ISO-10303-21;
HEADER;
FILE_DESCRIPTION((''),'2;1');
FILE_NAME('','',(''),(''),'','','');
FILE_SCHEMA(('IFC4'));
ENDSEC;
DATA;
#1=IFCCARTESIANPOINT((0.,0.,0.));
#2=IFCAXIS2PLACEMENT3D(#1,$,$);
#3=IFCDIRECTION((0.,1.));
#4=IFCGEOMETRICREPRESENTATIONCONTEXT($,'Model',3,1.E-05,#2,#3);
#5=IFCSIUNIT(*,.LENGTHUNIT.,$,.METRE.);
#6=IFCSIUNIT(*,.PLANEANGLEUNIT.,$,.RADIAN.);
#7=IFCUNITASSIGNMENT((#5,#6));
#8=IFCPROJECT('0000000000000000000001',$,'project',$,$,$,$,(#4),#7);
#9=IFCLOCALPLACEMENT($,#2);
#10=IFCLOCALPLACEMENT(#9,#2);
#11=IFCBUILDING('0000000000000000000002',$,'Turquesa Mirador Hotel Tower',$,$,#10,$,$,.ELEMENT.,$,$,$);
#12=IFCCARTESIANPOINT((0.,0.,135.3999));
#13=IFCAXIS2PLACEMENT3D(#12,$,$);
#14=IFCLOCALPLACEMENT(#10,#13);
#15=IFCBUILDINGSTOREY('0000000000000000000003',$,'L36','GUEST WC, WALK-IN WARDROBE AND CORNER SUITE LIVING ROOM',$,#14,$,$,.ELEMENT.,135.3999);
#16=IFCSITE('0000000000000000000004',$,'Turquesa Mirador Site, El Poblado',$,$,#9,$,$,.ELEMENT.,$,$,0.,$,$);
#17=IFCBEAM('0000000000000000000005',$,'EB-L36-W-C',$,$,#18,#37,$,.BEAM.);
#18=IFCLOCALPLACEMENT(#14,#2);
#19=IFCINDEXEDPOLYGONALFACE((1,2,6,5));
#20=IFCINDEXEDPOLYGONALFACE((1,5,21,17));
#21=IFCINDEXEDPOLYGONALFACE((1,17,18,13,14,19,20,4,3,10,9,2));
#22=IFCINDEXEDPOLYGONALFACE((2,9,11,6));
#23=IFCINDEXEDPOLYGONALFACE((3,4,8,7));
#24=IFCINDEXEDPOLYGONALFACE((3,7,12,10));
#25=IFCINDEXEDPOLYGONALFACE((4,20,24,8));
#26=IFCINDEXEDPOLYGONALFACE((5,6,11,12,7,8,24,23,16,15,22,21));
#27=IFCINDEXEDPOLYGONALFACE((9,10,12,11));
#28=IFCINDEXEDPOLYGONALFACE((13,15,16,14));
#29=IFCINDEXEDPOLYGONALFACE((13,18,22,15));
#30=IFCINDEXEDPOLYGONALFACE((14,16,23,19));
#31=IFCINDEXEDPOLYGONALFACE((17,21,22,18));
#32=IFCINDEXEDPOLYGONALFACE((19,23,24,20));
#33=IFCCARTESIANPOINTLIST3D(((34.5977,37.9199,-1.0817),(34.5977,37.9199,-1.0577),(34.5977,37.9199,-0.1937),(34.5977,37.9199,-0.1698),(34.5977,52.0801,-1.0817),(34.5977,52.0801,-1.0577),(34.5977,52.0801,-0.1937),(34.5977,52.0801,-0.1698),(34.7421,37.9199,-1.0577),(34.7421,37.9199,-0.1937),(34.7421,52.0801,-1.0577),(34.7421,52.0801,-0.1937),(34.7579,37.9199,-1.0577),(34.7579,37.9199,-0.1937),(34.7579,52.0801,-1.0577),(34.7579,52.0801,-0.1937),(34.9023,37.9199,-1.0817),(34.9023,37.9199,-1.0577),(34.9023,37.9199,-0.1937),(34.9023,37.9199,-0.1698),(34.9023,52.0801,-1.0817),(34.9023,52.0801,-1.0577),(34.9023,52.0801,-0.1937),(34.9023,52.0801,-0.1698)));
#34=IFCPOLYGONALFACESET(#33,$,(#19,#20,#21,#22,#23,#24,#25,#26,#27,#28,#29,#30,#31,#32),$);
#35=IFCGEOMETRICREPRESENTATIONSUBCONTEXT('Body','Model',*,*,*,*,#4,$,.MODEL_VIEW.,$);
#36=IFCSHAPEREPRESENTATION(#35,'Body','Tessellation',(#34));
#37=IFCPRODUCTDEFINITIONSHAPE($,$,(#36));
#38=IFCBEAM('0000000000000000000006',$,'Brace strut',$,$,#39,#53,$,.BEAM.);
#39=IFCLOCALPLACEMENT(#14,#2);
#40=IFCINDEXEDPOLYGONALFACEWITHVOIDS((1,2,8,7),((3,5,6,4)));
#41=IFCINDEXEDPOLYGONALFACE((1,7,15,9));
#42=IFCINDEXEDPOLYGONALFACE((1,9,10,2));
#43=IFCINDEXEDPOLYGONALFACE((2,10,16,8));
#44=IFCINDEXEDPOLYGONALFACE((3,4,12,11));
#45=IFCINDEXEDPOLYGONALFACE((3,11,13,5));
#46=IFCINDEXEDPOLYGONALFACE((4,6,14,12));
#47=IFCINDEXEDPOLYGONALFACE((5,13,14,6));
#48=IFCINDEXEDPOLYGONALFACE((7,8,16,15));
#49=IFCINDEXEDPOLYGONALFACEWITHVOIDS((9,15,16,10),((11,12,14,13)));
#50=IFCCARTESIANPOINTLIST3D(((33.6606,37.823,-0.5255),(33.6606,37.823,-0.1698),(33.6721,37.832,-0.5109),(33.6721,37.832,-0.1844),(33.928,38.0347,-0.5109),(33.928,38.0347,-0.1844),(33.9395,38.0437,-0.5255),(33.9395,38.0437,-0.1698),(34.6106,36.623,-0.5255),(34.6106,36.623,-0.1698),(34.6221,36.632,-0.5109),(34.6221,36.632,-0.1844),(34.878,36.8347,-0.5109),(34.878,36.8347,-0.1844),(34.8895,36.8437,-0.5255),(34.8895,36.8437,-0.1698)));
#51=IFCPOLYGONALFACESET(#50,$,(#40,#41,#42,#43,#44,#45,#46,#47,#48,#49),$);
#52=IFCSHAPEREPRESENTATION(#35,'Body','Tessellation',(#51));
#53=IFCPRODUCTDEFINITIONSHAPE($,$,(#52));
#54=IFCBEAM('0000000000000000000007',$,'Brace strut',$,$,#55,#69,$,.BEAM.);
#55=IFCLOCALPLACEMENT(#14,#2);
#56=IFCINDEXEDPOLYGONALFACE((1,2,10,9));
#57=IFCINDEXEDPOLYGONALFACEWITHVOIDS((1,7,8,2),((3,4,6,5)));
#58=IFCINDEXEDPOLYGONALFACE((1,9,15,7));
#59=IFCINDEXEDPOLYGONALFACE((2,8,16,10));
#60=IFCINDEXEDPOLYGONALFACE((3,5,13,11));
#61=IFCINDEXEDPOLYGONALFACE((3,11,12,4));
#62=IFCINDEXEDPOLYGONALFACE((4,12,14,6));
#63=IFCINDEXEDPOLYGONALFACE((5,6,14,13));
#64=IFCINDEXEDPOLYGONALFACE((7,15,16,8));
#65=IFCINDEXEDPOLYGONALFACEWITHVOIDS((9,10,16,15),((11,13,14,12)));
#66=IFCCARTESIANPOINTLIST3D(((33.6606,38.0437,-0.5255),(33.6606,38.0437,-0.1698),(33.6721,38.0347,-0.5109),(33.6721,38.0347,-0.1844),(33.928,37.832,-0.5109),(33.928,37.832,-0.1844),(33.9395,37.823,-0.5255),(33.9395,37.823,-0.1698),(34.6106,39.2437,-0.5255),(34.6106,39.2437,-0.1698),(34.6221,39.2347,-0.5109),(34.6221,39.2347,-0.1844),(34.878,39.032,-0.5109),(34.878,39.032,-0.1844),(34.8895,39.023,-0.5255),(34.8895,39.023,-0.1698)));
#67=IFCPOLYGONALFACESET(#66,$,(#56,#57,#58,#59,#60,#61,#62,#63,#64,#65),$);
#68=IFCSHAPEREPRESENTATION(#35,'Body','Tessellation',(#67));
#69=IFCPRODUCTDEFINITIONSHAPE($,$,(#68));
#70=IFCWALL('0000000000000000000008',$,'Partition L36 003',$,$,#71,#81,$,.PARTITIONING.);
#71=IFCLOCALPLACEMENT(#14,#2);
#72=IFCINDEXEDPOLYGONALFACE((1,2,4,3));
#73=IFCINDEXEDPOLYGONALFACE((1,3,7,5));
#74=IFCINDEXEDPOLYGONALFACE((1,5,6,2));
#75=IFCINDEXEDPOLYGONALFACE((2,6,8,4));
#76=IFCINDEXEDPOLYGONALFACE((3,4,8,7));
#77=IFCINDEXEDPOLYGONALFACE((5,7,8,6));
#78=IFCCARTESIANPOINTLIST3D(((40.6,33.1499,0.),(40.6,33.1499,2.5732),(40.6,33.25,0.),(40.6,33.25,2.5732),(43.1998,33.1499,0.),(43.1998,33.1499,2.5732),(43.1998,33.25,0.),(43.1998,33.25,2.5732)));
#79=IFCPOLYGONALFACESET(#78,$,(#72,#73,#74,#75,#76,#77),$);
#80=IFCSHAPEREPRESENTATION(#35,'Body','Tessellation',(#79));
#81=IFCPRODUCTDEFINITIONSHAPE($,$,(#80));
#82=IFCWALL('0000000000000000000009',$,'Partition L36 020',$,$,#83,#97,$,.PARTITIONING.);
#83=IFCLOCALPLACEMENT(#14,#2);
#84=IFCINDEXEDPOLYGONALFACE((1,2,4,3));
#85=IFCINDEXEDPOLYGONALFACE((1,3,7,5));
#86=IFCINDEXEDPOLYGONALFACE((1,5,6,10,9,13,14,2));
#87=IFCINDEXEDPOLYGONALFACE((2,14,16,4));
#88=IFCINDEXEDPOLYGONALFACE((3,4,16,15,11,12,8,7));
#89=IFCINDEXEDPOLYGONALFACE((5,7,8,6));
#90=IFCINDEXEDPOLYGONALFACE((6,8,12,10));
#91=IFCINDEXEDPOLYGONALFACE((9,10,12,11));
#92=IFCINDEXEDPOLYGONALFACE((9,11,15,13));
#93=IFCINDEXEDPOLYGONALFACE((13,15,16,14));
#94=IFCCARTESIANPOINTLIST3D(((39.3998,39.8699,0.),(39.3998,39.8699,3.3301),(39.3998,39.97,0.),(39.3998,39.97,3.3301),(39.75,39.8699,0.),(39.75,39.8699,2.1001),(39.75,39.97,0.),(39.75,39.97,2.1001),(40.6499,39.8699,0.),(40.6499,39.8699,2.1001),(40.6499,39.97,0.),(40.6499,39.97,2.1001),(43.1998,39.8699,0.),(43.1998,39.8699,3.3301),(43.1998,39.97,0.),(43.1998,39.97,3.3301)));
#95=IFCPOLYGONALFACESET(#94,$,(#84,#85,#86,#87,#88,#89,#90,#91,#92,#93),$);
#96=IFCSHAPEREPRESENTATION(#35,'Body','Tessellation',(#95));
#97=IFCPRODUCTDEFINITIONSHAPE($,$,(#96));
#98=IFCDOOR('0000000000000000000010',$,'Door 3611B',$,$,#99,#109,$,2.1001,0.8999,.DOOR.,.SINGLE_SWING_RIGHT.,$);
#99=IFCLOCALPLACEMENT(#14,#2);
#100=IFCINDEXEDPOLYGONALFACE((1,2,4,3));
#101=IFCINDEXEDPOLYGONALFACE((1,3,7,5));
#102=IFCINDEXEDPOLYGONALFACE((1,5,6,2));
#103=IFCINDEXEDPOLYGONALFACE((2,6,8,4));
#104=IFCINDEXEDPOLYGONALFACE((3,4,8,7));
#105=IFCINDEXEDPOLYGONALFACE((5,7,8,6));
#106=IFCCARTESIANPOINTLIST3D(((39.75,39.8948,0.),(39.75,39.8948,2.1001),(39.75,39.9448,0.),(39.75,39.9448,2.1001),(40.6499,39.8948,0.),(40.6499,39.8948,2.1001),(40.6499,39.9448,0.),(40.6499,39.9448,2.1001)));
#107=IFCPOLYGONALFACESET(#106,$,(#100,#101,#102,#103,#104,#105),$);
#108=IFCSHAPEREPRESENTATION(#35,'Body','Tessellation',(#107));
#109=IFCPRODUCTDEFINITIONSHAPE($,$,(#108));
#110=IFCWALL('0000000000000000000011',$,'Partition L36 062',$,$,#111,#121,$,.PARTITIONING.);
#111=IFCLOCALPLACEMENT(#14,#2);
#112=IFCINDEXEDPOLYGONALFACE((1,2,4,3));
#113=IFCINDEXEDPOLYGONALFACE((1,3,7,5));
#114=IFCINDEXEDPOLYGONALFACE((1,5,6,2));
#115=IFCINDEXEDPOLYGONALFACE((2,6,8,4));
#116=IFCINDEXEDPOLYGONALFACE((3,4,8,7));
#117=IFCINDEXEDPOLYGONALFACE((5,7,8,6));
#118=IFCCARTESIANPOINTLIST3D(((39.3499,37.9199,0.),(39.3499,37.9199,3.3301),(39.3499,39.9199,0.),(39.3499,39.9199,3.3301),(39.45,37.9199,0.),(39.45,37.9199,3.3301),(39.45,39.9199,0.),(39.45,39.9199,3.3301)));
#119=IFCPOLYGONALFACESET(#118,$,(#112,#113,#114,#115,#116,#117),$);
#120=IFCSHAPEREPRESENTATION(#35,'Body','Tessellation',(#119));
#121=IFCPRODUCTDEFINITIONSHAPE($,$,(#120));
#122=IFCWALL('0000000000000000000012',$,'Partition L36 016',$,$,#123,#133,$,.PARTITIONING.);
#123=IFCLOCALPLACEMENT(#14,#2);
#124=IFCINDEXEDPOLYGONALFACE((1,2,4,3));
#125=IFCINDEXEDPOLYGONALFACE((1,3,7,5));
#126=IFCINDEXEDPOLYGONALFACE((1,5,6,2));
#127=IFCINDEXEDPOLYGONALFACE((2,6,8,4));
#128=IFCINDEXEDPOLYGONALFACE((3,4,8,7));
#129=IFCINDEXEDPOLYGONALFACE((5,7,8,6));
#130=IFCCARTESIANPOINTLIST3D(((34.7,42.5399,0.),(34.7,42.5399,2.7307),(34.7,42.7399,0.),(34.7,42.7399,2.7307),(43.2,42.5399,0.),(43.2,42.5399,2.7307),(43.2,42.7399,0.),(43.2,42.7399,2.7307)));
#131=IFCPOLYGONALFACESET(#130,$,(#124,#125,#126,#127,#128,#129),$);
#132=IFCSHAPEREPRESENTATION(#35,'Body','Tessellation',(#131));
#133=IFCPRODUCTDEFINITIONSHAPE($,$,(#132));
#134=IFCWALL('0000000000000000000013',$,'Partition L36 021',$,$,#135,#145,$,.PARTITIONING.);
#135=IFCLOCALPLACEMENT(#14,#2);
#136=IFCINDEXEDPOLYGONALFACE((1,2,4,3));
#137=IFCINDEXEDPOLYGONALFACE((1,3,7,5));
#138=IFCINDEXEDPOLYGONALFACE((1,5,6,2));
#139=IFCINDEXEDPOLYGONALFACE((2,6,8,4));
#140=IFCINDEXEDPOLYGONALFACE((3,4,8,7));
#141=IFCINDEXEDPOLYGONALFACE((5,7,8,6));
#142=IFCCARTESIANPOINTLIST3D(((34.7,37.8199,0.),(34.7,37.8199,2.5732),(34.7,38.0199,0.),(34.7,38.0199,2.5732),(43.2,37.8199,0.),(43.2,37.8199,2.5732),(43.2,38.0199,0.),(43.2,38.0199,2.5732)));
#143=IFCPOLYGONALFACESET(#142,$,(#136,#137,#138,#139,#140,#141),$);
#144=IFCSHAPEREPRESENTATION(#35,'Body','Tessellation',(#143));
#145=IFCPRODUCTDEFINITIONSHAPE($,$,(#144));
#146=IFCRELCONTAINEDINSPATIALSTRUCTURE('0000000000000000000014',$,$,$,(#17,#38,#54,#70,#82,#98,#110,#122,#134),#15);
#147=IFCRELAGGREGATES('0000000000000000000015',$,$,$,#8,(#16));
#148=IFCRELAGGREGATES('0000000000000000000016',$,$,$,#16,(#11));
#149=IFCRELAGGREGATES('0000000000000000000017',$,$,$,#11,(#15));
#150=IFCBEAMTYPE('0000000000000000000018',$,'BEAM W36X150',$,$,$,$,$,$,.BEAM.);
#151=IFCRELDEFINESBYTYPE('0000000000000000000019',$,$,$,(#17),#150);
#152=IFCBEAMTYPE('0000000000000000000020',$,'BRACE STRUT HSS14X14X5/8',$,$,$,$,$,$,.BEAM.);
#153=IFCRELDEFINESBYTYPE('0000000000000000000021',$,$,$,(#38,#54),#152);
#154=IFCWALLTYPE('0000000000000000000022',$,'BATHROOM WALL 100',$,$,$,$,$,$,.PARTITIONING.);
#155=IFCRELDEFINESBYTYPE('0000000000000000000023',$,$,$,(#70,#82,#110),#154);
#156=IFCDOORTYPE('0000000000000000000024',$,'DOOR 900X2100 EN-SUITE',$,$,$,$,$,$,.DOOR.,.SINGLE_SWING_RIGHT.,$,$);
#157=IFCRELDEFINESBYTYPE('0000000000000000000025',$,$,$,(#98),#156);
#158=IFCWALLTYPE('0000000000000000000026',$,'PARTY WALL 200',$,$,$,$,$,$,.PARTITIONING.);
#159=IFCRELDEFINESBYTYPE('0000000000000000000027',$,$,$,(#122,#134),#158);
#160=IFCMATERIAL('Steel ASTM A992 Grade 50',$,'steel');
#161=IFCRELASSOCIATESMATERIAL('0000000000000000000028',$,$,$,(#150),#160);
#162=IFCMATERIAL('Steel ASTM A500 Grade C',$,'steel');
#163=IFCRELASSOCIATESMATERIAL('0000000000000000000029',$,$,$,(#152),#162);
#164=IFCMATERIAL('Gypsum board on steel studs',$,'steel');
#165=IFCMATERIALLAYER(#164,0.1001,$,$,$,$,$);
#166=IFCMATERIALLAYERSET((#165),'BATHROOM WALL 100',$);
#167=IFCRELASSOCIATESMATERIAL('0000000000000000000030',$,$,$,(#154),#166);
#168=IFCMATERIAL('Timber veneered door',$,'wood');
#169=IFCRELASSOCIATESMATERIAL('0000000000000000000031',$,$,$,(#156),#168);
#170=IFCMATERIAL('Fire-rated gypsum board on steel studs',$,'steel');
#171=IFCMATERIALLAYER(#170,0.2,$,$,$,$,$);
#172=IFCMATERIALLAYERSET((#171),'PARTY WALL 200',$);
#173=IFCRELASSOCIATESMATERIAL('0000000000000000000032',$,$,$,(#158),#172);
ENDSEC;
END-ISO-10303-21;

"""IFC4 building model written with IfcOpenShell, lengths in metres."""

from ifc_helpers import new_model, si_unit, direction, frame, frame_2d, origin, origin_2d, place, context, subcontext, project, spatial, rectangle, hollow_rectangle, i_section, extrude, material, layer, layer_set, material_profile, profile_set, type_object, element, fill, save


model = new_model("IFC4")

# Units and contexts
model_context = context("Model", 3, precision=1e-05, world=origin(), true_north=direction((0.0, 1.0)))
body_context = subcontext(model_context, "Body", "Model", "MODEL_VIEW")
ifc_project = project(units=[si_unit("LENGTHUNIT", "METRE"), si_unit("PLANEANGLEUNIT", "RADIAN")], contexts=[model_context])

# Site, building, storey
site_placement = place(None, origin())
site = spatial("IfcSite", under=ifc_project, at=site_placement, Name="Turquesa Mirador Site, El Poblado", CompositionType="ELEMENT", RefElevation=0.0)
building_placement = place(site_placement, origin())
building = spatial("IfcBuilding", under=site, at=building_placement, Name="Turquesa Mirador Hotel Tower", CompositionType="ELEMENT")
storey_placement = place(building_placement, frame((0.0, 0.0, 135.3999)))
storey = spatial("IfcBuildingStorey", under=building, at=storey_placement, Name="L36", Description="GUEST WC, WALK-IN WARDROBE AND CORNER SUITE LIVING ROOM", CompositionType="ELEMENT", Elevation=135.3999)

# Beams
ifc_material_1 = material(Name="Steel ASTM A992 Grade 50", Category="steel")
ifc_material_profile_1 = material_profile(ifc_material_1, i_section(OverallWidth=0.3047, OverallDepth=0.9119, WebThickness=0.0159, FlangeThickness=0.0239, at=origin_2d()), Name="W36X150")
ifc_profile_set_1 = profile_set([ifc_material_profile_1], Name="Steel ASTM A992 Grade 50")
beam_type_1 = type_object("IfcBeamType", Name="BEAM W36X150", PredefinedType="BEAM", material=ifc_profile_set_1)
beam_1_placement = place(storey_placement, frame((34.75, 37.9199, -0.6257), z_axis=(0.0, 1.0, 0.0), x_axis=(-1.0, 0.0, 0.0)))
element("IfcBeam", 1, at=beam_1_placement, inside=storey, type_object=beam_type_1, Name="EB-L36-W-C", PredefinedType="BEAM", context=body_context, shape_type="SweptSolid", body=[
    extrude(i_section(OverallWidth=0.3047, OverallDepth=0.9119, WebThickness=0.0159, FlangeThickness=0.0239, at=origin_2d()), origin(), (0.0, 0.0, 1.0), 14.1602),
])
ifc_material_2 = material(Name="Steel ASTM A500 Grade C", Category="steel")
ifc_material_profile_2 = material_profile(ifc_material_2, hollow_rectangle(XDim=0.3557, YDim=0.3557, WallThickness=0.0146, at=origin_2d()), Name="HSS14X14X5/8")
ifc_profile_set_2 = profile_set([ifc_material_profile_2], Name="Steel ASTM A500 Grade C")
beam_type_2 = type_object("IfcBeamType", Name="BRACE STRUT HSS14X14X5/8", PredefinedType="BEAM", material=ifc_profile_set_2)
for number, where, z_axis, x_axis, name in (
    (2, (33.8, 37.9333, -0.3477), (0.620699, -0.784049, 0.0), (0.784049, 0.620699, 0.0), "Brace strut"),
    (3, (33.8, 37.9333, -0.3477), (0.620699, 0.784049, 0.0), (-0.784049, 0.620699, 0.0), "Brace strut"),
):
    element("IfcBeam", number, at=place(storey_placement, frame(where, z_axis=z_axis, x_axis=x_axis)), inside=storey, type_object=beam_type_2, Name=name, PredefinedType="BEAM", context=body_context, shape_type="SweptSolid", body=[
        extrude(hollow_rectangle(XDim=0.3557, YDim=0.3557, WallThickness=0.0146, at=origin_2d()), origin(), (0.0, 0.0, 1.0), 1.5305),
    ])

# Wall
ifc_material_3 = material(Name="Gypsum board on steel studs", Category="steel")
ifc_layer_1 = layer(ifc_material_3, 0.1001)
ifc_layer_set_1 = layer_set([ifc_layer_1], Name="BATHROOM WALL 100")
wall_type_1 = type_object("IfcWallType", Name="BATHROOM WALL 100", PredefinedType="PARTITIONING", material=ifc_layer_set_1)
wall_1_placement = place(storey_placement, frame((40.6001, 33.2, 0.0), z_axis=(0.0, 0.0, 1.0), x_axis=(1.0, 0.0, 0.0)))
element("IfcWall", 4, at=wall_1_placement, inside=storey, type_object=wall_type_1, Name="Partition L36 003", PredefinedType="PARTITIONING", context=body_context, shape_type="SweptSolid", body=[
    extrude(rectangle(XDim=2.5999, YDim=0.1001, at=frame_2d((1.2998, 0.0))), origin(), (0.0, 0.0, 1.0), 2.5732),
])

# Wall, opening, door
wall_2_placement = place(storey_placement, frame((39.3999, 39.9199, 0.0), z_axis=(0.0, 0.0, 1.0), x_axis=(1.0, 0.0, 0.0)))
wall_2 = element("IfcWall", 5, at=wall_2_placement, inside=storey, type_object=wall_type_1, Name="Partition L36 020", PredefinedType="PARTITIONING", context=body_context, shape_type="SweptSolid", body=[
    extrude(rectangle(XDim=3.8, YDim=0.1001, at=frame_2d((1.8999, 0.0))), origin(), (0.0, 0.0, 1.0), 3.3301),
])
opening_placement = place(wall_2_placement, frame((0.3501, 0.0, 0.0)))
opening = element("IfcOpeningElement", 6, at=opening_placement, cuts=wall_2, PredefinedType="OPENING", context=body_context, shape_type="SweptSolid", body=[
    extrude(rectangle(XDim=0.8999, YDim=2.1001, at=frame_2d((0.45, 1.05))), frame((0.0, 0.0601, 0.0), z_axis=(0.0, -1.0, 0.0), x_axis=(1.0, 0.0, 0.0)), (0.0, 0.0, 1.0), 0.1201),
])
ifc_material_4 = material(Name="Timber veneered door", Category="wood")
door_type = type_object("IfcDoorType", Name="DOOR 900X2100 EN-SUITE", OperationType="SINGLE_SWING_RIGHT", PredefinedType="DOOR", material=ifc_material_4)
door_placement = place(opening_placement, origin())
door = element("IfcDoor", 7, at=door_placement, inside=storey, type_object=door_type, Name="Door 3611B", OperationType="SINGLE_SWING_RIGHT", OverallHeight=2.1001, OverallWidth=0.8999, PredefinedType="DOOR", context=body_context, shape_type="SweptSolid", body=[
    extrude(rectangle(XDim=0.8999, YDim=2.1001, at=frame_2d((0.45, 1.05))), frame((0.0, 0.0249, 0.0), z_axis=(0.0, -1.0, 0.0), x_axis=(1.0, 0.0, 0.0)), (0.0, 0.0, 1.0), 0.05),
])
fill(opening, door)

# Walls
wall_3_placement = place(storey_placement, frame((39.3999, 37.9199, 0.0), z_axis=(0.0, 0.0, 1.0), x_axis=(0.0, 1.0, 0.0)))
element("IfcWall", 8, at=wall_3_placement, inside=storey, type_object=wall_type_1, Name="Partition L36 062", PredefinedType="PARTITIONING", context=body_context, shape_type="SweptSolid", body=[
    extrude(rectangle(XDim=2.0, YDim=0.1001, at=frame_2d((1.0, 0.0))), origin(), (0.0, 0.0, 1.0), 3.3301),
])
ifc_material_5 = material(Name="Fire-rated gypsum board on steel studs", Category="steel")
ifc_layer_2 = layer(ifc_material_5, 0.2)
ifc_layer_set_2 = layer_set([ifc_layer_2], Name="PARTY WALL 200")
wall_type_2 = type_object("IfcWallType", Name="PARTY WALL 200", PredefinedType="PARTITIONING", material=ifc_layer_set_2)
wall_4_placement = place(storey_placement, frame((34.7, 42.6399, 0.0), z_axis=(0.0, 0.0, 1.0), x_axis=(1.0, 0.0, 0.0)))
element("IfcWall", 9, at=wall_4_placement, inside=storey, type_object=wall_type_2, Name="Partition L36 016", PredefinedType="PARTITIONING", context=body_context, shape_type="SweptSolid", body=[
    extrude(rectangle(XDim=8.5, YDim=0.2, at=frame_2d((4.25, 0.0))), origin(), (0.0, 0.0, 1.0), 2.7307),
])
wall_5_placement = place(storey_placement, frame((34.7, 37.9199, 0.0), z_axis=(0.0, 0.0, 1.0), x_axis=(1.0, 0.0, 0.0)))
element("IfcWall", 10, at=wall_5_placement, inside=storey, type_object=wall_type_2, Name="Partition L36 021", PredefinedType="PARTITIONING", context=body_context, shape_type="SweptSolid", body=[
    extrude(rectangle(XDim=8.5, YDim=0.2, at=frame_2d((4.25, 0.0))), origin(), (0.0, 0.0, 1.0), 2.5732),
])

save(model, "model.ifc")
